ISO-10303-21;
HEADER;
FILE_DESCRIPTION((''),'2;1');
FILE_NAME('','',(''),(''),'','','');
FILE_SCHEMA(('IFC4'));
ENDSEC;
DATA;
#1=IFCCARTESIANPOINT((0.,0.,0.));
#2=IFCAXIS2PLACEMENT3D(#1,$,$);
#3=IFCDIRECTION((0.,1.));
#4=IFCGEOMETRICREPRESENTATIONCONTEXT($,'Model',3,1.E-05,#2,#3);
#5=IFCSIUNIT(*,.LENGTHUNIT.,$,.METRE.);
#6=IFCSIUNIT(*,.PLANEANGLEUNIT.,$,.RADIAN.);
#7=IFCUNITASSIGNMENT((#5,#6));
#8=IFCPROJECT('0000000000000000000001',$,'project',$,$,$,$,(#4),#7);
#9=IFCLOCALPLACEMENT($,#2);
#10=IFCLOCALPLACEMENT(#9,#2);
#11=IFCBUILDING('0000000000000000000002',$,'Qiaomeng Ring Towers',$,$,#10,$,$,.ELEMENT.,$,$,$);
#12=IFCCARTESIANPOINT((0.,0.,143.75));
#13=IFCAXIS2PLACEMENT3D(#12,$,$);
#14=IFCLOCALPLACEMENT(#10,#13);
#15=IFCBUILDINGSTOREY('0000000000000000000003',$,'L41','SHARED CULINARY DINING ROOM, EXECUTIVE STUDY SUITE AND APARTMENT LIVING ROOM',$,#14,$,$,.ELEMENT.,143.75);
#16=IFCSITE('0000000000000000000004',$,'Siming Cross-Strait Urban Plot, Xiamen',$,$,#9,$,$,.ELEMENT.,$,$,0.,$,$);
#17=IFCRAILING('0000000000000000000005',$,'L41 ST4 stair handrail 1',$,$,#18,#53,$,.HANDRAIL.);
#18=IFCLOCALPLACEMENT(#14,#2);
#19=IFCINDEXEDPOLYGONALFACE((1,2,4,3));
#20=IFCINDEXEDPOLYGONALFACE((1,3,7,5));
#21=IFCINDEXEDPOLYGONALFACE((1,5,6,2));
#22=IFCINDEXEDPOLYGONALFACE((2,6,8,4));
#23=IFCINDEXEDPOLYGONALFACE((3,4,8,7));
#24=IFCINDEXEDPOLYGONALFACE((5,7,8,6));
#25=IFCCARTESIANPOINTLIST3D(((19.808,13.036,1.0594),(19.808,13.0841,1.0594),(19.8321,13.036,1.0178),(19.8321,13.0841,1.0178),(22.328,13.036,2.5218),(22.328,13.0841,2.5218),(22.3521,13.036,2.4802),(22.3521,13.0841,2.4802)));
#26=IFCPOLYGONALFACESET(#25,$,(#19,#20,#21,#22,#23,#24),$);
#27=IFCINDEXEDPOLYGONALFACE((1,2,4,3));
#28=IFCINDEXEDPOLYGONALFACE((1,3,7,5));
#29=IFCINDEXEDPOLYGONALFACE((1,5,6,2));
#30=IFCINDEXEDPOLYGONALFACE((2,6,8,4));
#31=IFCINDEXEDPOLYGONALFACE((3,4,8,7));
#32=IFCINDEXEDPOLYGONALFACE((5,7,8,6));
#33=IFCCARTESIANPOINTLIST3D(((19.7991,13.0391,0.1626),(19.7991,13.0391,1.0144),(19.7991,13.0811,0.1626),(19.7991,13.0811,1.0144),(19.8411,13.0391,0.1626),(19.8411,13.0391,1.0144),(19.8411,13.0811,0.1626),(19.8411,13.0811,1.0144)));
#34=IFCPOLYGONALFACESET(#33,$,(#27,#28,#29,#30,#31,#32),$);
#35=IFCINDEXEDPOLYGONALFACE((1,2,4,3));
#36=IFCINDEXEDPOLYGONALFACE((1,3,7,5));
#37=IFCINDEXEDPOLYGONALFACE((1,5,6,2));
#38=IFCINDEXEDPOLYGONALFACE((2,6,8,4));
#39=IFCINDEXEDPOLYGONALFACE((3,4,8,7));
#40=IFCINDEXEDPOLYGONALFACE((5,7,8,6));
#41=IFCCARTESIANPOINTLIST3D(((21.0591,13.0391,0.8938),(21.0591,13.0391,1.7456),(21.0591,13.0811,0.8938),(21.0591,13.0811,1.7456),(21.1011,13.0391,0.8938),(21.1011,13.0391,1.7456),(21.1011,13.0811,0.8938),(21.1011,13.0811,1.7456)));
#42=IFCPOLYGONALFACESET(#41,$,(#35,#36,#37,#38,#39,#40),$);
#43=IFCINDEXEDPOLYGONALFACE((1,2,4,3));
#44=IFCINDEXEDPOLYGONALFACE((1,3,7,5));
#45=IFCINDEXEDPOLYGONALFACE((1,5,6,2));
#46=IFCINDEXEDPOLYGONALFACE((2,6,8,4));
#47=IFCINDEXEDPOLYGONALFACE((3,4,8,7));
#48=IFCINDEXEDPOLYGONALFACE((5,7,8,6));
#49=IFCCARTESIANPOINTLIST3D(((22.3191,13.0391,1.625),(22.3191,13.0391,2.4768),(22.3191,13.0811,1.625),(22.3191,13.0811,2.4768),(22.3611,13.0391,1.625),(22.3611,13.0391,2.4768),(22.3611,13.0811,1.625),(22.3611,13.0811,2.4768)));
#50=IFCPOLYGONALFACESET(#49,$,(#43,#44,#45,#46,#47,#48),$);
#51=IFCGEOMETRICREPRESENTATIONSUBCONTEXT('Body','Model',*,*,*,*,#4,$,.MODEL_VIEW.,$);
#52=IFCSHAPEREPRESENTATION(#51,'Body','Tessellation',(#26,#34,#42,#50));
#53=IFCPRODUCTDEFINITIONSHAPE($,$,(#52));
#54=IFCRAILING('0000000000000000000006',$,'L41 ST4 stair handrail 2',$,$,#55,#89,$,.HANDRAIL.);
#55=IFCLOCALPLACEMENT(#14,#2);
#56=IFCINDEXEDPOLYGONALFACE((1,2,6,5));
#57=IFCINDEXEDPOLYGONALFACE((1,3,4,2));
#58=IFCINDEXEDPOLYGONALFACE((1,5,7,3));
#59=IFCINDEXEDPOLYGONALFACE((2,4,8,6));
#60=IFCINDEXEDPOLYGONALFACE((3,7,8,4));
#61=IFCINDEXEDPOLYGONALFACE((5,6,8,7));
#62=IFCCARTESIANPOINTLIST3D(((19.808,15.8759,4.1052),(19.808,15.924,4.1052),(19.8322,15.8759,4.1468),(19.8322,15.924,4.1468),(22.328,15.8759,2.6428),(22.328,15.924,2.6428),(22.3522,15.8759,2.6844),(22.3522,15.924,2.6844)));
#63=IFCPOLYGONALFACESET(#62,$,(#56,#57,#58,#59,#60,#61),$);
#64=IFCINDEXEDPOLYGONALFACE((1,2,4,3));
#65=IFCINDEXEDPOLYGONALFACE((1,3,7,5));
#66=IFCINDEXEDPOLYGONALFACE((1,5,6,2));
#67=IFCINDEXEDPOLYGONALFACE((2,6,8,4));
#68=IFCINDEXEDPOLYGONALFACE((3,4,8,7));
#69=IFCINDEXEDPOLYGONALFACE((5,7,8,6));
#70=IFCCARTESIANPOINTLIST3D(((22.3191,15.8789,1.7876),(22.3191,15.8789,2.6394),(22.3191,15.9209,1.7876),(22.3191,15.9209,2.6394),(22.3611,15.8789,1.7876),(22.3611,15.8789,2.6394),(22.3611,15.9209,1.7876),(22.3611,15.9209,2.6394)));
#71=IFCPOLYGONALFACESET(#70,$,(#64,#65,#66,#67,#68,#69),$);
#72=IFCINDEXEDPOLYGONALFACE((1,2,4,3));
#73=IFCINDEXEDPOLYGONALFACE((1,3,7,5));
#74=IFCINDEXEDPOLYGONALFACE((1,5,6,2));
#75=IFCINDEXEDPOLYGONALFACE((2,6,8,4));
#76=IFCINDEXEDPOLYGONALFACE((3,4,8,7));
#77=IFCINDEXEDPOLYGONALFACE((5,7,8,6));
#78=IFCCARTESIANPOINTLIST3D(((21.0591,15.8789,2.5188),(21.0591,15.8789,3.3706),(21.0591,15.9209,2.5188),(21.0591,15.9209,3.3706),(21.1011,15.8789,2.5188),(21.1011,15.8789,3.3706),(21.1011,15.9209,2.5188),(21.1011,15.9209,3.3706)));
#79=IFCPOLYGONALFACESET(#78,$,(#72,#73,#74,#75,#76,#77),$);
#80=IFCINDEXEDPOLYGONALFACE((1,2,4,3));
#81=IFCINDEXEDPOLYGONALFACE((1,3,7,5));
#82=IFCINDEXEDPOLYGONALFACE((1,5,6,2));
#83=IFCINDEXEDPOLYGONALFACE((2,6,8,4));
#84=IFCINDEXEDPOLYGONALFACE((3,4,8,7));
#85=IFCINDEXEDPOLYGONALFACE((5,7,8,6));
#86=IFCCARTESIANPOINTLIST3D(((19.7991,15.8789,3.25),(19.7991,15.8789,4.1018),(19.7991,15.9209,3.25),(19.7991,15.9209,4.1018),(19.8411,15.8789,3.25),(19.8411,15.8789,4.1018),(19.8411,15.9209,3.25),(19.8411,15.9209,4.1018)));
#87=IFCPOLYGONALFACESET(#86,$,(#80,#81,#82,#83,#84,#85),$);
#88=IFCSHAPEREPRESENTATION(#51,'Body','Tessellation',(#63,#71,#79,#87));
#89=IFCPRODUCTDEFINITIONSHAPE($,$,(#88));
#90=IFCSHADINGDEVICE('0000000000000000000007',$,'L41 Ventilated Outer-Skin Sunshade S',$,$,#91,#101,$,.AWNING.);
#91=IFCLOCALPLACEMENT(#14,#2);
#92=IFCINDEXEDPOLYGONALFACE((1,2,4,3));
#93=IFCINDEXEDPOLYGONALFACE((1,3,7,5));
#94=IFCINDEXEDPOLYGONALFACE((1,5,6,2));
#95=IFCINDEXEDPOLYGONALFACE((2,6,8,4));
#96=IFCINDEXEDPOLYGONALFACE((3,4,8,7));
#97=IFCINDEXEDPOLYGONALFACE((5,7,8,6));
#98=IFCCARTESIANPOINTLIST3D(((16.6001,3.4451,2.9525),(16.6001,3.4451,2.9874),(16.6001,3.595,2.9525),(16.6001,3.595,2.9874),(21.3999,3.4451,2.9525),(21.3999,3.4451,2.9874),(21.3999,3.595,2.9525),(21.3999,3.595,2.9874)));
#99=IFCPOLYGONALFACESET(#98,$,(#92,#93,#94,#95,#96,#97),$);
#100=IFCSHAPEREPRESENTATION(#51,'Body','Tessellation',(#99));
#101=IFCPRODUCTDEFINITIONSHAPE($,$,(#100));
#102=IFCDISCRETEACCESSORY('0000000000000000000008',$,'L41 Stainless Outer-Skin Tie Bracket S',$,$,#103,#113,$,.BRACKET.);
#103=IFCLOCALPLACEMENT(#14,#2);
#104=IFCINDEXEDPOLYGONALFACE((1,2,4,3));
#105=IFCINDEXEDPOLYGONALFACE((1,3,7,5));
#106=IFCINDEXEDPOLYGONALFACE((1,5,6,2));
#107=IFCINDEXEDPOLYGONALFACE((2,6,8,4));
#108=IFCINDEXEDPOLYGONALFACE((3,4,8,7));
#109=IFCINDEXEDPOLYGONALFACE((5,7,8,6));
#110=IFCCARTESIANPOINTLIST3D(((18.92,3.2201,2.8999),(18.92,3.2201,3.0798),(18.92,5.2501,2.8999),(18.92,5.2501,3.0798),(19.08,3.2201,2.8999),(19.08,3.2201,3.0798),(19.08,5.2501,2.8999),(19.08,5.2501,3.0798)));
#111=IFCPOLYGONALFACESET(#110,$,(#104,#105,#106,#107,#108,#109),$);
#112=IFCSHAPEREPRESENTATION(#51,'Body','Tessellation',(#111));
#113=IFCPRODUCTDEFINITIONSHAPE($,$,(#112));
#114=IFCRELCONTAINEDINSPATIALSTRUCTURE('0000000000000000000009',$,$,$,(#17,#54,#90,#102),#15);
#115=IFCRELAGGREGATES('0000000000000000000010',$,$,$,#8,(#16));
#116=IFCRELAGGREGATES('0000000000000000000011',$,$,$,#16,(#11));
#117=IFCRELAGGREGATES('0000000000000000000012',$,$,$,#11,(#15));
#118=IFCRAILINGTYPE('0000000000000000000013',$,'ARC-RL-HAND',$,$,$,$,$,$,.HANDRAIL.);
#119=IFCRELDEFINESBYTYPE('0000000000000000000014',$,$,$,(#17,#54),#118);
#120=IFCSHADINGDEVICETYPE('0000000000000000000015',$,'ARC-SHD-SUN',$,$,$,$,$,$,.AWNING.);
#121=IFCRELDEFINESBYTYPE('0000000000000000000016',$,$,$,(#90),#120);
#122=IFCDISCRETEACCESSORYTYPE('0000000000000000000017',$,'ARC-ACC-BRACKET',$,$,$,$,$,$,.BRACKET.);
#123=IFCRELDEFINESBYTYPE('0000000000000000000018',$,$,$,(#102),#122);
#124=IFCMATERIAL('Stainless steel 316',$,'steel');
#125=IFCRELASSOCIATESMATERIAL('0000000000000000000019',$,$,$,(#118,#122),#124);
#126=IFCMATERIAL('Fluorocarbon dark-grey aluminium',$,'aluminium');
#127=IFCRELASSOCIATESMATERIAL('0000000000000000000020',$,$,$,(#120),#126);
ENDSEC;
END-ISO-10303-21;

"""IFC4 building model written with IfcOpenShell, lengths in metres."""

from ifc_helpers import new_model, si_unit, direction, frame, origin, origin_2d, place, context, subcontext, project, spatial, rectangle, extrude, source, transform, mapped, material, material_profile, profile_set, type_object, element, save


model = new_model("IFC4")

# Units and contexts
model_context = context("Model", 3, precision=1e-05, world=origin(), true_north=direction((0.0, 1.0)))
body_context = subcontext(model_context, "Body", "Model", "MODEL_VIEW")
ifc_project = project(units=[si_unit("LENGTHUNIT", "METRE"), si_unit("PLANEANGLEUNIT", "RADIAN")], contexts=[model_context])

# Site, building, storey
site_placement = place(None, origin())
site = spatial("IfcSite", under=ifc_project, at=site_placement, Name="Siming Cross-Strait Urban Plot, Xiamen", CompositionType="ELEMENT", RefElevation=0.0)
building_placement = place(site_placement, origin())
building = spatial("IfcBuilding", under=site, at=building_placement, Name="Qiaomeng Ring Towers", CompositionType="ELEMENT")
storey_placement = place(building_placement, frame((0.0, 0.0, 143.75)))
storey = spatial("IfcBuildingStorey", under=building, at=storey_placement, Name="L41", Description="SHARED CULINARY DINING ROOM, EXECUTIVE STUDY SUITE AND APARTMENT LIVING ROOM", CompositionType="ELEMENT", Elevation=143.75)

# Shared definitions
ifc_material_1 = material(Name="Fluorocarbon dark-grey aluminium", Category="aluminium")

# Railings
ifc_material_2 = material(Name="Stainless steel 316", Category="steel")
railing_type_1 = type_object("IfcRailingType", Name="ARC-RL-HAND", PredefinedType="HANDRAIL", material=ifc_material_2)
railing_1_placement = place(storey_placement, frame((19.8201, 13.0601, 0.1626)))
element("IfcRailing", 1, at=railing_1_placement, inside=storey, type_object=railing_type_1, Name="L41 ST4 stair handrail 1", PredefinedType="HANDRAIL", context=body_context, shape_type="SweptSolid", body=[
    extrude(rectangle(XDim=0.0481, YDim=0.0481, at=origin_2d()), frame((0.0, 0.0, 0.876), z_axis=(0.864913, 0.0, 0.501921), x_axis=(0.0, 1.0, 0.0)), (0.0, 0.0, 1.0), 2.9136),
    extrude(rectangle(XDim=0.042, YDim=0.042, at=origin_2d()), origin(), (0.0, 0.0, 1.0), 0.8518),
    extrude(rectangle(XDim=0.042, YDim=0.042, at=origin_2d()), frame((1.26, 0.0, 0.7312)), (0.0, 0.0, 1.0), 0.8518),
    extrude(rectangle(XDim=0.042, YDim=0.042, at=origin_2d()), frame((2.52, 0.0, 1.4624)), (0.0, 0.0, 1.0), 0.8518),
])
railing_2_placement = place(storey_placement, frame((22.3401, 15.8999, 1.7876)))
element("IfcRailing", 2, at=railing_2_placement, inside=storey, type_object=railing_type_1, Name="L41 ST4 stair handrail 2", PredefinedType="HANDRAIL", context=body_context, shape_type="SweptSolid", body=[
    extrude(rectangle(XDim=0.0481, YDim=0.0481, at=origin_2d()), frame((0.0, 0.0, 0.876), z_axis=(-0.864913, 0.0, 0.501921), x_axis=(0.0, -1.0, 0.0)), (0.0, 0.0, 1.0), 2.9136),
    extrude(rectangle(XDim=0.042, YDim=0.042, at=origin_2d()), origin(), (0.0, 0.0, 1.0), 0.8518),
    extrude(rectangle(XDim=0.042, YDim=0.042, at=origin_2d()), frame((-1.26, 0.0, 0.7312)), (0.0, 0.0, 1.0), 0.8518),
    extrude(rectangle(XDim=0.042, YDim=0.042, at=origin_2d()), frame((-2.52, 0.0, 1.4624)), (0.0, 0.0, 1.0), 0.8518),
])

# Shading device
ifc_material_profile_1 = material_profile(ifc_material_1, rectangle(XDim=0.1499, YDim=0.0349, at=origin_2d()), Name="LV BLADE 150x35")
ifc_profile_set_1 = profile_set([ifc_material_profile_1], Name="Fluorocarbon dark-grey aluminium")
shading_device_type = type_object("IfcShadingDeviceType", Name="ARC-SHD-SUN", PredefinedType="AWNING", material=ifc_profile_set_1)
shared_shape_1 = source(origin(), body_context, "Body", "SweptSolid", [
    extrude(rectangle(XDim=0.1499, YDim=0.0349, at=origin_2d()), origin(), (0.0, 0.0, 1.0), 4.7998),
])
shading_device_placement = place(storey_placement, frame((16.6001, 3.52, 2.97), z_axis=(1.0, 0.0, 0.0), x_axis=(0.0, 1.0, 0.0)))
element("IfcShadingDevice", 3, at=shading_device_placement, inside=storey, type_object=shading_device_type, Name="L41 Ventilated Outer-Skin Sunshade S", PredefinedType="AWNING", context=body_context, shape_type="MappedRepresentation", body=[
    mapped(shared_shape_1, transform((0.0, 0.0, 0.0), x_axis=(1.0, 0.0, 0.0), y_axis=(0.0, 1.0, 0.0), z_axis=(0.0, 0.0, 1.0), scale=1.0)),
])

# Discrete accessory
discrete_accessory_type = type_object("IfcDiscreteAccessoryType", Name="ARC-ACC-BRACKET", PredefinedType="BRACKET", material=ifc_material_2)
shared_shape_2 = source(origin(), body_context, "Body", "SweptSolid", [
    extrude(rectangle(XDim=0.1599, YDim=2.03, at=origin_2d()), origin(), (0.0, 0.0, 1.0), 0.1799),
])
discrete_accessory_placement = place(storey_placement, frame((19.0, 4.2351, 2.8999), z_axis=(0.0, 0.0, 1.0), x_axis=(1.0, 0.0, 0.0)))
element("IfcDiscreteAccessory", 4, at=discrete_accessory_placement, inside=storey, type_object=discrete_accessory_type, Name="L41 Stainless Outer-Skin Tie Bracket S", PredefinedType="BRACKET", context=body_context, shape_type="MappedRepresentation", body=[
    mapped(shared_shape_2, transform((0.0, 0.0, 0.0), x_axis=(1.0, 0.0, 0.0), y_axis=(0.0, 1.0, 0.0), z_axis=(0.0, 0.0, 1.0), scale=1.0)),
])

save(model, "model.ifc")
